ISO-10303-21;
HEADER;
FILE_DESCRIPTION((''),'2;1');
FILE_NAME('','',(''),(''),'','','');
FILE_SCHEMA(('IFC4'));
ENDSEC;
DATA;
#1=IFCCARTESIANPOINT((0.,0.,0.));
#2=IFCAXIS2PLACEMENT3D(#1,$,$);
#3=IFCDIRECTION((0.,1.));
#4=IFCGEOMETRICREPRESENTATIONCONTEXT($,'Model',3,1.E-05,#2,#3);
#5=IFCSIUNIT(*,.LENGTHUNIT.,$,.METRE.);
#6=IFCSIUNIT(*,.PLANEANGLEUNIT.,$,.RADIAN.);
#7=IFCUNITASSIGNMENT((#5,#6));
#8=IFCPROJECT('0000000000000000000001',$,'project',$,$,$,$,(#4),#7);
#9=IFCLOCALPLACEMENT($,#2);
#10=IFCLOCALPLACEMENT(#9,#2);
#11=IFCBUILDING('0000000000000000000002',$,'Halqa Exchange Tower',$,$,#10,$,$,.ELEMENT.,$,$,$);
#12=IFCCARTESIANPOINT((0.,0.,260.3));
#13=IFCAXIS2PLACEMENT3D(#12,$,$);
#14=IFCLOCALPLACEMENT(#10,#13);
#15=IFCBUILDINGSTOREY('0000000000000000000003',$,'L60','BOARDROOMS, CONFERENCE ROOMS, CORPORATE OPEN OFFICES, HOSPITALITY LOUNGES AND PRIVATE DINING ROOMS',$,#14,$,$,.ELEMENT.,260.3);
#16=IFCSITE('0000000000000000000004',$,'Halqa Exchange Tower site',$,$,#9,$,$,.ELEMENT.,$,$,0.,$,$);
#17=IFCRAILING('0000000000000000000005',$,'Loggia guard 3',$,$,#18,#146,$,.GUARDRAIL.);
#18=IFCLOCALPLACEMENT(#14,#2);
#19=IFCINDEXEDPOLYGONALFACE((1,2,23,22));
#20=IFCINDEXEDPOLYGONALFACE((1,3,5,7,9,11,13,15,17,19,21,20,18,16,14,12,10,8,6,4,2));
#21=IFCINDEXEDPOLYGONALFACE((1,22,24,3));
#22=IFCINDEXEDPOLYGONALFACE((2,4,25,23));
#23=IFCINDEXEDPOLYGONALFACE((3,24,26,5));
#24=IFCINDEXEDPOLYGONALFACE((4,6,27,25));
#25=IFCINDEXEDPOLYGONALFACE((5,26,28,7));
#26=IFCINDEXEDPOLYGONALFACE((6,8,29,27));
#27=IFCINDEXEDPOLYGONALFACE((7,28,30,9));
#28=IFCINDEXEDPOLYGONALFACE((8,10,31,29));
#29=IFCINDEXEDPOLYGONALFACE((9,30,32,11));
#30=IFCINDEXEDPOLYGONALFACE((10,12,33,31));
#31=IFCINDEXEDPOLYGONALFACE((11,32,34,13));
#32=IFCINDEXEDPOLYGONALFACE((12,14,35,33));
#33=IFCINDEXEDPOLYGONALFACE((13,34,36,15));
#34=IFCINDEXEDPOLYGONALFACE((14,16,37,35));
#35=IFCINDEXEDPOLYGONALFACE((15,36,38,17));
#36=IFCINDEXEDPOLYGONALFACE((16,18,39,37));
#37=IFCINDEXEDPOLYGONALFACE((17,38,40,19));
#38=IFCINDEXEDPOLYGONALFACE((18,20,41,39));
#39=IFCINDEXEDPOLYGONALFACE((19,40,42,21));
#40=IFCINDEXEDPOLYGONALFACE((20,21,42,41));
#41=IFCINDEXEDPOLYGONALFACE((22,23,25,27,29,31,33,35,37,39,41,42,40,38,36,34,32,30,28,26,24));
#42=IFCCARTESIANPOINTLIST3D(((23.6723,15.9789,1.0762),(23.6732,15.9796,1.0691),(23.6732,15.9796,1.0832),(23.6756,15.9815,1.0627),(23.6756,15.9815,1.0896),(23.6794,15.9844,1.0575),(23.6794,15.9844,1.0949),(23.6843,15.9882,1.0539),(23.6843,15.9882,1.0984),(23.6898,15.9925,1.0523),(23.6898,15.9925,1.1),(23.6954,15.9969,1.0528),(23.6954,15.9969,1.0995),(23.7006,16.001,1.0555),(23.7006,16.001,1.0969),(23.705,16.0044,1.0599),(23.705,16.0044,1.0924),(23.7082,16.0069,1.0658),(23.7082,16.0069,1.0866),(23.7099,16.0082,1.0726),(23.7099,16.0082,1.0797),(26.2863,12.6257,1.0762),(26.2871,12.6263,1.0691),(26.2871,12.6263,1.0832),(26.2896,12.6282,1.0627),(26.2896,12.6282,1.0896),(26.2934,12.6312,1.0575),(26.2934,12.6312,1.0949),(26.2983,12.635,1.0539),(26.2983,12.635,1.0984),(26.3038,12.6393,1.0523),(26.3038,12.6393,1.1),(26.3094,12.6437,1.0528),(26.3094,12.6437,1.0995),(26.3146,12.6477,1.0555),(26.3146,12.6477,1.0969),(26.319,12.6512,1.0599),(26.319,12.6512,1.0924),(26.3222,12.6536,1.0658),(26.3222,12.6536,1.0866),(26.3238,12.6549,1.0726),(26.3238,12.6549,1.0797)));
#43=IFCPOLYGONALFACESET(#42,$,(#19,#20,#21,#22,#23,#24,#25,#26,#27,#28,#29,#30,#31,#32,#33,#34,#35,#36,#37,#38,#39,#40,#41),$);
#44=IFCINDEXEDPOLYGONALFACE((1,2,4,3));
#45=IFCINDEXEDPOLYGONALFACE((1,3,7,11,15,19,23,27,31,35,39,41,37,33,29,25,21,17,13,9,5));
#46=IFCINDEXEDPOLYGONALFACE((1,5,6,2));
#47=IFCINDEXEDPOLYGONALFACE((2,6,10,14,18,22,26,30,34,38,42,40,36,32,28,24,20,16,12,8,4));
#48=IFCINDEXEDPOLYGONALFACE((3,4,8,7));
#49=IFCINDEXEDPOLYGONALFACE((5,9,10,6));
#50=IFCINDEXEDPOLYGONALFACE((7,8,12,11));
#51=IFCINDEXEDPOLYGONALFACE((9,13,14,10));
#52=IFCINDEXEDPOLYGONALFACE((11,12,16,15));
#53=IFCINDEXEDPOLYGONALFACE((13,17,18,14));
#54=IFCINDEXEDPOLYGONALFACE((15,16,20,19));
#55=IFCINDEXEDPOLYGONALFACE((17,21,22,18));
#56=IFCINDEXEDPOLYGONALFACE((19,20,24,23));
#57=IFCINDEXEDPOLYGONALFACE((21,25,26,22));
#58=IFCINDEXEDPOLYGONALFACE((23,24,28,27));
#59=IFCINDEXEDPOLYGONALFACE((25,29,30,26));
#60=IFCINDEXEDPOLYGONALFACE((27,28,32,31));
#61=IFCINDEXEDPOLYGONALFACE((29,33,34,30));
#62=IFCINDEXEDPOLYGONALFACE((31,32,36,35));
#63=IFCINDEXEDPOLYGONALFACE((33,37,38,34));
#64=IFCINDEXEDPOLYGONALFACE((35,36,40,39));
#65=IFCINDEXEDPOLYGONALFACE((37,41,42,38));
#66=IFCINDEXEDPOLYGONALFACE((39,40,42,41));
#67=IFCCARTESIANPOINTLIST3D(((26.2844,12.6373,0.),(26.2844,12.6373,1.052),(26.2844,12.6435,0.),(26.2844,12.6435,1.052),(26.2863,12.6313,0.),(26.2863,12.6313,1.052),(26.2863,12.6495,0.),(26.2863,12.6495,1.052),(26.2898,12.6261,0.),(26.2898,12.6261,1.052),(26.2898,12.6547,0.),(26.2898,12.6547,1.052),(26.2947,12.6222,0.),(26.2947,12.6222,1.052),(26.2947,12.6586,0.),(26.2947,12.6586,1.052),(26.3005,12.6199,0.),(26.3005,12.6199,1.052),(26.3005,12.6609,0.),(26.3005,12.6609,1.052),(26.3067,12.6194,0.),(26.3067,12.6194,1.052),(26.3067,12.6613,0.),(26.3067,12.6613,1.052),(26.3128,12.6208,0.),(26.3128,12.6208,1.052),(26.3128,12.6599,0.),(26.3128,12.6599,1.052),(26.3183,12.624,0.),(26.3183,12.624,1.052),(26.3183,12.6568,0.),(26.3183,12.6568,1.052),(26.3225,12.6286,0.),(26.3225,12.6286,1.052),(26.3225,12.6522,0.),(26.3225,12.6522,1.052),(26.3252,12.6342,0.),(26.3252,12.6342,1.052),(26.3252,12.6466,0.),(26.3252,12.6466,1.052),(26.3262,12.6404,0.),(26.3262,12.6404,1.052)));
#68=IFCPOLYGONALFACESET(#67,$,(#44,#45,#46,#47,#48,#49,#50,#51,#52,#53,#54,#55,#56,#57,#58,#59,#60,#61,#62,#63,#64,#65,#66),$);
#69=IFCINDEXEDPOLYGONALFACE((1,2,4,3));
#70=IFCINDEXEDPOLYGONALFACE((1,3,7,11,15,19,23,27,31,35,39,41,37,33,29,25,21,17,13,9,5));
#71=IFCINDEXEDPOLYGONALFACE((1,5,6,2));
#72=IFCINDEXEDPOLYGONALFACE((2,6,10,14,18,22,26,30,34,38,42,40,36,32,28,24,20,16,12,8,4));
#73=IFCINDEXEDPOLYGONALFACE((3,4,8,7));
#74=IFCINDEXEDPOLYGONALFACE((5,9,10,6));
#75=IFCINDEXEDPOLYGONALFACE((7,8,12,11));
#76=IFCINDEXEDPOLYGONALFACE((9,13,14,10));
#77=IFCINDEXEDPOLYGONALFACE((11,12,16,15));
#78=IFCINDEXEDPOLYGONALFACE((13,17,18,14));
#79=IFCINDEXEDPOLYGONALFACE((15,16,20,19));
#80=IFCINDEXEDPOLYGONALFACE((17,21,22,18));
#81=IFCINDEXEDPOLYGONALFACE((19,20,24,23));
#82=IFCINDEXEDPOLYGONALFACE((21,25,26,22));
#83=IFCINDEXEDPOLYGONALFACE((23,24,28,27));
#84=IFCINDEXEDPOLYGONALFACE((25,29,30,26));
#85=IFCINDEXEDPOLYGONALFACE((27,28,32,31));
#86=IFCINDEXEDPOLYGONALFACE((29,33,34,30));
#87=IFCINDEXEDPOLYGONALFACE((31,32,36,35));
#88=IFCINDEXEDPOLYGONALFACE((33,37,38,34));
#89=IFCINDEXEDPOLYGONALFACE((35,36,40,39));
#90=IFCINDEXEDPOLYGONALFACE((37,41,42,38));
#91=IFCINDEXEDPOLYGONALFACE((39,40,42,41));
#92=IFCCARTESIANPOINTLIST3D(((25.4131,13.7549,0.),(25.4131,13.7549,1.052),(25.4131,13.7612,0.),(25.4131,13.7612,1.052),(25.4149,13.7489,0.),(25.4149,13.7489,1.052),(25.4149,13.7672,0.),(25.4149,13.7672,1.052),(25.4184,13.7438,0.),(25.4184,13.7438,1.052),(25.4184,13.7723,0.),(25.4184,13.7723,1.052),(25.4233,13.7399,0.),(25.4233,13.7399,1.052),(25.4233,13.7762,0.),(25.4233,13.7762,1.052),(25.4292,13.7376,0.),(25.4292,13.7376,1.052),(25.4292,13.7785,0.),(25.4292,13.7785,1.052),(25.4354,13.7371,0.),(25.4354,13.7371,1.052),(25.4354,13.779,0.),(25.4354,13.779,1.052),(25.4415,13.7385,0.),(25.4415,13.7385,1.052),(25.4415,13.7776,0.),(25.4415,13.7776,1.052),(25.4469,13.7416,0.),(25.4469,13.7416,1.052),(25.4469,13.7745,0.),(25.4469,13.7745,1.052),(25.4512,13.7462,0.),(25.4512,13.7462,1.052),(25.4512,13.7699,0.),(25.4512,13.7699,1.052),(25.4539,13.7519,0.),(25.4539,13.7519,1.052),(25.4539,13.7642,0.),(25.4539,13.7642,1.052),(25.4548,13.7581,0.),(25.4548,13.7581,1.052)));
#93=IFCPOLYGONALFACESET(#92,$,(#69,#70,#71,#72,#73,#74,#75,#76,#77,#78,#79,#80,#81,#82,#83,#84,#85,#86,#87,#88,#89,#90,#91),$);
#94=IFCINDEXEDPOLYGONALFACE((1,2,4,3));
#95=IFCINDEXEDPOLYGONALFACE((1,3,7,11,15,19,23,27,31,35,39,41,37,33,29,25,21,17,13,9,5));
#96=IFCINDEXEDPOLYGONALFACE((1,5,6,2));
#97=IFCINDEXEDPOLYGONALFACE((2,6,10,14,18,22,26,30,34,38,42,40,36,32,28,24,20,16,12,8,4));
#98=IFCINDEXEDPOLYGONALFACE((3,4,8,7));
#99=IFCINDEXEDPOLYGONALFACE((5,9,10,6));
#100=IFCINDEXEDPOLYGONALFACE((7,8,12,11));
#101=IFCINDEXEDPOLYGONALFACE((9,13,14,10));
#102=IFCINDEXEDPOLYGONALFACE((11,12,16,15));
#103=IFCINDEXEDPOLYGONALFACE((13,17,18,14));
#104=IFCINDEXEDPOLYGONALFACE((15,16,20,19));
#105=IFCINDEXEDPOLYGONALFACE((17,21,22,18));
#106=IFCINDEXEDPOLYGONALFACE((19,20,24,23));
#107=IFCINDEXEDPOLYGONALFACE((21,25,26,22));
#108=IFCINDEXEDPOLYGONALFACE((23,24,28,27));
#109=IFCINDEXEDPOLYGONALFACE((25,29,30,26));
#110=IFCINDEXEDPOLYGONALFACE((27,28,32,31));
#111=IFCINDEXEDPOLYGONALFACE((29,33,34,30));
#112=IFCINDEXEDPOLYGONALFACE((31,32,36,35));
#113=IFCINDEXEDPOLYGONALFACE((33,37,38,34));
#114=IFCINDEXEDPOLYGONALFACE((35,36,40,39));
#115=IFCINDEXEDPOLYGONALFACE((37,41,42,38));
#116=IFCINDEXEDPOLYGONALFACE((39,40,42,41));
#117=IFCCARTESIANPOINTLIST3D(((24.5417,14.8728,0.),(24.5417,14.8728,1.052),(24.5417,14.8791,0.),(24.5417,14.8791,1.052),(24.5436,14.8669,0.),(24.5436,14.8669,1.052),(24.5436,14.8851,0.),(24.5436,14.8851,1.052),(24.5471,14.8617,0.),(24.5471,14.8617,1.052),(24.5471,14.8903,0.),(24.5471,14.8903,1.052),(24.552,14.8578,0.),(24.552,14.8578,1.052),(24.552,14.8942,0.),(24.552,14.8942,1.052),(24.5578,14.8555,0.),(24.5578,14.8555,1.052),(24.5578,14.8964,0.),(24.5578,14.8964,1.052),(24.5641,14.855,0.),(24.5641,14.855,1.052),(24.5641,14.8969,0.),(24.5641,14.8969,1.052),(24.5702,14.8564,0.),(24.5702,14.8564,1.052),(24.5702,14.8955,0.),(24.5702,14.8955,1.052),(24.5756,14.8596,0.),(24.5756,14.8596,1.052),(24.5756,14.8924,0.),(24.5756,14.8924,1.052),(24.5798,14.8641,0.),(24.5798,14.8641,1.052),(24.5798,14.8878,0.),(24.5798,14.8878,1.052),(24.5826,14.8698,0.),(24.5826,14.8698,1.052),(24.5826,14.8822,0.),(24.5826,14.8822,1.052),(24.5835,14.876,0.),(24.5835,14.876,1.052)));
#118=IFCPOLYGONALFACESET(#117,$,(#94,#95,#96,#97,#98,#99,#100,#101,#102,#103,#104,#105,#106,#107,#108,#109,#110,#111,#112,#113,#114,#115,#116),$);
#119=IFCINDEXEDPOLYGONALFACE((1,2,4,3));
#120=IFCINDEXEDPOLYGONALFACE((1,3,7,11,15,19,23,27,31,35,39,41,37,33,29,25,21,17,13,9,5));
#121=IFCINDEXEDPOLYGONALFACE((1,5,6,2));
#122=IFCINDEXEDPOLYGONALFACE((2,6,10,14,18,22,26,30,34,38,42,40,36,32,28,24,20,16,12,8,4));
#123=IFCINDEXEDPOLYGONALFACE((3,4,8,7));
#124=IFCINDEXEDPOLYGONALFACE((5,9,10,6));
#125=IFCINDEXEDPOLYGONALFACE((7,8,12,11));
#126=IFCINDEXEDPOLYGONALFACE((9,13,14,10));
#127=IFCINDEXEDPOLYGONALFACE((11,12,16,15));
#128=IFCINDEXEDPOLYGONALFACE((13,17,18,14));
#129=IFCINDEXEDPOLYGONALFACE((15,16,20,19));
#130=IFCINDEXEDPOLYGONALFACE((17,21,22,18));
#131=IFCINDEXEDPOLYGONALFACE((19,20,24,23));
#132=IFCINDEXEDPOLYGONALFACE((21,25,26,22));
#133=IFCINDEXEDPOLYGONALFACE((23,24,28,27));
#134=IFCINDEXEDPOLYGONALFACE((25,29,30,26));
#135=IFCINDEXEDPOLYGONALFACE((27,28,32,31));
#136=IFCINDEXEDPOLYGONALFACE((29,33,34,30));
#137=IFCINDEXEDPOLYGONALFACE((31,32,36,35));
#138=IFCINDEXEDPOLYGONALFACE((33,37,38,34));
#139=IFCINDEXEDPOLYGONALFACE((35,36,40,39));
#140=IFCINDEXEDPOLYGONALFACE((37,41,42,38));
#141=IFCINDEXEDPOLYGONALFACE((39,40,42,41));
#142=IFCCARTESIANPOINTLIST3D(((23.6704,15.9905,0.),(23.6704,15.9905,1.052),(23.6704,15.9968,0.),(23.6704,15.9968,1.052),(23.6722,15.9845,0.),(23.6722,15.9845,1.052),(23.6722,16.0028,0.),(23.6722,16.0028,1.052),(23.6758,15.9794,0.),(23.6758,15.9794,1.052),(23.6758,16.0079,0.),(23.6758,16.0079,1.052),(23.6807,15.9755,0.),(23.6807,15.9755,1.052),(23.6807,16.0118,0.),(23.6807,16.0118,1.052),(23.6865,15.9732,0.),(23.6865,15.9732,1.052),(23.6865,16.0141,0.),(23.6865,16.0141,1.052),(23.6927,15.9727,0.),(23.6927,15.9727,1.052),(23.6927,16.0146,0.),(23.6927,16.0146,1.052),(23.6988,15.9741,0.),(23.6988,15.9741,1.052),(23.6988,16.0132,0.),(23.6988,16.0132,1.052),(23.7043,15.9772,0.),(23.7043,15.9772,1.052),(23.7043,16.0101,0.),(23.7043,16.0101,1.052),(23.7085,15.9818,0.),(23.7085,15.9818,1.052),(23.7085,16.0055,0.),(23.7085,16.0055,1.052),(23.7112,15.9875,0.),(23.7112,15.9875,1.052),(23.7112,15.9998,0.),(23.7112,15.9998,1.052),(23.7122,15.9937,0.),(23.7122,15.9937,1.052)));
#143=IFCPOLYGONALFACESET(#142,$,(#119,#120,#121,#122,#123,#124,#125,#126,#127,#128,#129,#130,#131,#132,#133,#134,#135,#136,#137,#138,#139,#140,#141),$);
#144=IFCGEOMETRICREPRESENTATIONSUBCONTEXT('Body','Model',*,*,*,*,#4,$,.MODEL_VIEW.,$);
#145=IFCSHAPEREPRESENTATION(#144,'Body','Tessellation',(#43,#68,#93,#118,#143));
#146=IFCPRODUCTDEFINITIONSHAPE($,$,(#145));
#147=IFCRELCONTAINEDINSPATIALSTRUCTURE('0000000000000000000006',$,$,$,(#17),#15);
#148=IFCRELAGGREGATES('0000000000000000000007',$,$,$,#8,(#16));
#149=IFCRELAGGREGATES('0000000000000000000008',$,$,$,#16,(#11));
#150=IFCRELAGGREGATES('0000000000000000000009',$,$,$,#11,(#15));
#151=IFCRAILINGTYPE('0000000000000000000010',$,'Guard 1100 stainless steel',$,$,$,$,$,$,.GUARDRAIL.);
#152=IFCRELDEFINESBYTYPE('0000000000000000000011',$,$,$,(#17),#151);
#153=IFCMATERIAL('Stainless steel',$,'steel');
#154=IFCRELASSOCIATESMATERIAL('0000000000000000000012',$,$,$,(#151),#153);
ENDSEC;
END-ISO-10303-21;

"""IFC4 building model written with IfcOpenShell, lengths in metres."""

from ifc_helpers import new_model, si_unit, direction, frame, origin, origin_2d, place, context, subcontext, project, spatial, circle, extrude, material, type_object, element, save


model = new_model("IFC4")

# Units and contexts
model_context = context("Model", 3, precision=1e-05, world=origin(), true_north=direction((0.0, 1.0)))
body_context = subcontext(model_context, "Body", "Model", "MODEL_VIEW")
ifc_project = project(units=[si_unit("LENGTHUNIT", "METRE"), si_unit("PLANEANGLEUNIT", "RADIAN")], contexts=[model_context])

# Site, building, storey
site_placement = place(None, origin())
site = spatial("IfcSite", under=ifc_project, at=site_placement, Name="Halqa Exchange Tower site", CompositionType="ELEMENT", RefElevation=0.0)
building_placement = place(site_placement, origin())
building = spatial("IfcBuilding", under=site, at=building_placement, Name="Halqa Exchange Tower", CompositionType="ELEMENT")
storey_placement = place(building_placement, frame((0.0, 0.0, 260.3)))
storey = spatial("IfcBuildingStorey", under=building, at=storey_placement, Name="L60", Description="BOARDROOMS, CONFERENCE ROOMS, CORPORATE OPEN OFFICES, HOSPITALITY LOUNGES AND PRIVATE DINING ROOMS", CompositionType="ELEMENT", Elevation=260.3)

# Railing
ifc_material_1 = material(Name="Stainless steel", Category="steel")
railing_type = type_object("IfcRailingType", Name="Guard 1100 stainless steel", PredefinedType="GUARDRAIL", material=ifc_material_1)
railing_1_placement = place(storey_placement, frame((26.3052, 12.6404, 0.0)))
element("IfcRailing", 1, at=railing_1_placement, inside=storey, type_object=railing_type, Name="Loggia guard 3", PredefinedType="GUARDRAIL", context=body_context, shape_type="SweptSolid", body=[
    extrude(circle(Radius=0.0239, at=origin_2d()), frame((0.0, 0.0, 1.0762), z_axis=(-0.614807, 0.788678, 0.0), x_axis=(-0.788678, -0.614807, 0.0)), (0.0, 0.0, 1.0), 4.2517),
    extrude(circle(Radius=0.021, at=origin_2d()), origin(), (0.0, 0.0, 1.0), 1.052),
    extrude(circle(Radius=0.021, at=origin_2d()), frame((-0.8713, 1.1177, 0.0)), (0.0, 0.0, 1.0), 1.052),
    extrude(circle(Radius=0.021, at=origin_2d()), frame((-1.7427, 2.2356, 0.0)), (0.0, 0.0, 1.0), 1.052),
    extrude(circle(Radius=0.021, at=origin_2d()), frame((-2.614, 3.3533, 0.0)), (0.0, 0.0, 1.0), 1.052),
])

save(model, "model.ifc")
